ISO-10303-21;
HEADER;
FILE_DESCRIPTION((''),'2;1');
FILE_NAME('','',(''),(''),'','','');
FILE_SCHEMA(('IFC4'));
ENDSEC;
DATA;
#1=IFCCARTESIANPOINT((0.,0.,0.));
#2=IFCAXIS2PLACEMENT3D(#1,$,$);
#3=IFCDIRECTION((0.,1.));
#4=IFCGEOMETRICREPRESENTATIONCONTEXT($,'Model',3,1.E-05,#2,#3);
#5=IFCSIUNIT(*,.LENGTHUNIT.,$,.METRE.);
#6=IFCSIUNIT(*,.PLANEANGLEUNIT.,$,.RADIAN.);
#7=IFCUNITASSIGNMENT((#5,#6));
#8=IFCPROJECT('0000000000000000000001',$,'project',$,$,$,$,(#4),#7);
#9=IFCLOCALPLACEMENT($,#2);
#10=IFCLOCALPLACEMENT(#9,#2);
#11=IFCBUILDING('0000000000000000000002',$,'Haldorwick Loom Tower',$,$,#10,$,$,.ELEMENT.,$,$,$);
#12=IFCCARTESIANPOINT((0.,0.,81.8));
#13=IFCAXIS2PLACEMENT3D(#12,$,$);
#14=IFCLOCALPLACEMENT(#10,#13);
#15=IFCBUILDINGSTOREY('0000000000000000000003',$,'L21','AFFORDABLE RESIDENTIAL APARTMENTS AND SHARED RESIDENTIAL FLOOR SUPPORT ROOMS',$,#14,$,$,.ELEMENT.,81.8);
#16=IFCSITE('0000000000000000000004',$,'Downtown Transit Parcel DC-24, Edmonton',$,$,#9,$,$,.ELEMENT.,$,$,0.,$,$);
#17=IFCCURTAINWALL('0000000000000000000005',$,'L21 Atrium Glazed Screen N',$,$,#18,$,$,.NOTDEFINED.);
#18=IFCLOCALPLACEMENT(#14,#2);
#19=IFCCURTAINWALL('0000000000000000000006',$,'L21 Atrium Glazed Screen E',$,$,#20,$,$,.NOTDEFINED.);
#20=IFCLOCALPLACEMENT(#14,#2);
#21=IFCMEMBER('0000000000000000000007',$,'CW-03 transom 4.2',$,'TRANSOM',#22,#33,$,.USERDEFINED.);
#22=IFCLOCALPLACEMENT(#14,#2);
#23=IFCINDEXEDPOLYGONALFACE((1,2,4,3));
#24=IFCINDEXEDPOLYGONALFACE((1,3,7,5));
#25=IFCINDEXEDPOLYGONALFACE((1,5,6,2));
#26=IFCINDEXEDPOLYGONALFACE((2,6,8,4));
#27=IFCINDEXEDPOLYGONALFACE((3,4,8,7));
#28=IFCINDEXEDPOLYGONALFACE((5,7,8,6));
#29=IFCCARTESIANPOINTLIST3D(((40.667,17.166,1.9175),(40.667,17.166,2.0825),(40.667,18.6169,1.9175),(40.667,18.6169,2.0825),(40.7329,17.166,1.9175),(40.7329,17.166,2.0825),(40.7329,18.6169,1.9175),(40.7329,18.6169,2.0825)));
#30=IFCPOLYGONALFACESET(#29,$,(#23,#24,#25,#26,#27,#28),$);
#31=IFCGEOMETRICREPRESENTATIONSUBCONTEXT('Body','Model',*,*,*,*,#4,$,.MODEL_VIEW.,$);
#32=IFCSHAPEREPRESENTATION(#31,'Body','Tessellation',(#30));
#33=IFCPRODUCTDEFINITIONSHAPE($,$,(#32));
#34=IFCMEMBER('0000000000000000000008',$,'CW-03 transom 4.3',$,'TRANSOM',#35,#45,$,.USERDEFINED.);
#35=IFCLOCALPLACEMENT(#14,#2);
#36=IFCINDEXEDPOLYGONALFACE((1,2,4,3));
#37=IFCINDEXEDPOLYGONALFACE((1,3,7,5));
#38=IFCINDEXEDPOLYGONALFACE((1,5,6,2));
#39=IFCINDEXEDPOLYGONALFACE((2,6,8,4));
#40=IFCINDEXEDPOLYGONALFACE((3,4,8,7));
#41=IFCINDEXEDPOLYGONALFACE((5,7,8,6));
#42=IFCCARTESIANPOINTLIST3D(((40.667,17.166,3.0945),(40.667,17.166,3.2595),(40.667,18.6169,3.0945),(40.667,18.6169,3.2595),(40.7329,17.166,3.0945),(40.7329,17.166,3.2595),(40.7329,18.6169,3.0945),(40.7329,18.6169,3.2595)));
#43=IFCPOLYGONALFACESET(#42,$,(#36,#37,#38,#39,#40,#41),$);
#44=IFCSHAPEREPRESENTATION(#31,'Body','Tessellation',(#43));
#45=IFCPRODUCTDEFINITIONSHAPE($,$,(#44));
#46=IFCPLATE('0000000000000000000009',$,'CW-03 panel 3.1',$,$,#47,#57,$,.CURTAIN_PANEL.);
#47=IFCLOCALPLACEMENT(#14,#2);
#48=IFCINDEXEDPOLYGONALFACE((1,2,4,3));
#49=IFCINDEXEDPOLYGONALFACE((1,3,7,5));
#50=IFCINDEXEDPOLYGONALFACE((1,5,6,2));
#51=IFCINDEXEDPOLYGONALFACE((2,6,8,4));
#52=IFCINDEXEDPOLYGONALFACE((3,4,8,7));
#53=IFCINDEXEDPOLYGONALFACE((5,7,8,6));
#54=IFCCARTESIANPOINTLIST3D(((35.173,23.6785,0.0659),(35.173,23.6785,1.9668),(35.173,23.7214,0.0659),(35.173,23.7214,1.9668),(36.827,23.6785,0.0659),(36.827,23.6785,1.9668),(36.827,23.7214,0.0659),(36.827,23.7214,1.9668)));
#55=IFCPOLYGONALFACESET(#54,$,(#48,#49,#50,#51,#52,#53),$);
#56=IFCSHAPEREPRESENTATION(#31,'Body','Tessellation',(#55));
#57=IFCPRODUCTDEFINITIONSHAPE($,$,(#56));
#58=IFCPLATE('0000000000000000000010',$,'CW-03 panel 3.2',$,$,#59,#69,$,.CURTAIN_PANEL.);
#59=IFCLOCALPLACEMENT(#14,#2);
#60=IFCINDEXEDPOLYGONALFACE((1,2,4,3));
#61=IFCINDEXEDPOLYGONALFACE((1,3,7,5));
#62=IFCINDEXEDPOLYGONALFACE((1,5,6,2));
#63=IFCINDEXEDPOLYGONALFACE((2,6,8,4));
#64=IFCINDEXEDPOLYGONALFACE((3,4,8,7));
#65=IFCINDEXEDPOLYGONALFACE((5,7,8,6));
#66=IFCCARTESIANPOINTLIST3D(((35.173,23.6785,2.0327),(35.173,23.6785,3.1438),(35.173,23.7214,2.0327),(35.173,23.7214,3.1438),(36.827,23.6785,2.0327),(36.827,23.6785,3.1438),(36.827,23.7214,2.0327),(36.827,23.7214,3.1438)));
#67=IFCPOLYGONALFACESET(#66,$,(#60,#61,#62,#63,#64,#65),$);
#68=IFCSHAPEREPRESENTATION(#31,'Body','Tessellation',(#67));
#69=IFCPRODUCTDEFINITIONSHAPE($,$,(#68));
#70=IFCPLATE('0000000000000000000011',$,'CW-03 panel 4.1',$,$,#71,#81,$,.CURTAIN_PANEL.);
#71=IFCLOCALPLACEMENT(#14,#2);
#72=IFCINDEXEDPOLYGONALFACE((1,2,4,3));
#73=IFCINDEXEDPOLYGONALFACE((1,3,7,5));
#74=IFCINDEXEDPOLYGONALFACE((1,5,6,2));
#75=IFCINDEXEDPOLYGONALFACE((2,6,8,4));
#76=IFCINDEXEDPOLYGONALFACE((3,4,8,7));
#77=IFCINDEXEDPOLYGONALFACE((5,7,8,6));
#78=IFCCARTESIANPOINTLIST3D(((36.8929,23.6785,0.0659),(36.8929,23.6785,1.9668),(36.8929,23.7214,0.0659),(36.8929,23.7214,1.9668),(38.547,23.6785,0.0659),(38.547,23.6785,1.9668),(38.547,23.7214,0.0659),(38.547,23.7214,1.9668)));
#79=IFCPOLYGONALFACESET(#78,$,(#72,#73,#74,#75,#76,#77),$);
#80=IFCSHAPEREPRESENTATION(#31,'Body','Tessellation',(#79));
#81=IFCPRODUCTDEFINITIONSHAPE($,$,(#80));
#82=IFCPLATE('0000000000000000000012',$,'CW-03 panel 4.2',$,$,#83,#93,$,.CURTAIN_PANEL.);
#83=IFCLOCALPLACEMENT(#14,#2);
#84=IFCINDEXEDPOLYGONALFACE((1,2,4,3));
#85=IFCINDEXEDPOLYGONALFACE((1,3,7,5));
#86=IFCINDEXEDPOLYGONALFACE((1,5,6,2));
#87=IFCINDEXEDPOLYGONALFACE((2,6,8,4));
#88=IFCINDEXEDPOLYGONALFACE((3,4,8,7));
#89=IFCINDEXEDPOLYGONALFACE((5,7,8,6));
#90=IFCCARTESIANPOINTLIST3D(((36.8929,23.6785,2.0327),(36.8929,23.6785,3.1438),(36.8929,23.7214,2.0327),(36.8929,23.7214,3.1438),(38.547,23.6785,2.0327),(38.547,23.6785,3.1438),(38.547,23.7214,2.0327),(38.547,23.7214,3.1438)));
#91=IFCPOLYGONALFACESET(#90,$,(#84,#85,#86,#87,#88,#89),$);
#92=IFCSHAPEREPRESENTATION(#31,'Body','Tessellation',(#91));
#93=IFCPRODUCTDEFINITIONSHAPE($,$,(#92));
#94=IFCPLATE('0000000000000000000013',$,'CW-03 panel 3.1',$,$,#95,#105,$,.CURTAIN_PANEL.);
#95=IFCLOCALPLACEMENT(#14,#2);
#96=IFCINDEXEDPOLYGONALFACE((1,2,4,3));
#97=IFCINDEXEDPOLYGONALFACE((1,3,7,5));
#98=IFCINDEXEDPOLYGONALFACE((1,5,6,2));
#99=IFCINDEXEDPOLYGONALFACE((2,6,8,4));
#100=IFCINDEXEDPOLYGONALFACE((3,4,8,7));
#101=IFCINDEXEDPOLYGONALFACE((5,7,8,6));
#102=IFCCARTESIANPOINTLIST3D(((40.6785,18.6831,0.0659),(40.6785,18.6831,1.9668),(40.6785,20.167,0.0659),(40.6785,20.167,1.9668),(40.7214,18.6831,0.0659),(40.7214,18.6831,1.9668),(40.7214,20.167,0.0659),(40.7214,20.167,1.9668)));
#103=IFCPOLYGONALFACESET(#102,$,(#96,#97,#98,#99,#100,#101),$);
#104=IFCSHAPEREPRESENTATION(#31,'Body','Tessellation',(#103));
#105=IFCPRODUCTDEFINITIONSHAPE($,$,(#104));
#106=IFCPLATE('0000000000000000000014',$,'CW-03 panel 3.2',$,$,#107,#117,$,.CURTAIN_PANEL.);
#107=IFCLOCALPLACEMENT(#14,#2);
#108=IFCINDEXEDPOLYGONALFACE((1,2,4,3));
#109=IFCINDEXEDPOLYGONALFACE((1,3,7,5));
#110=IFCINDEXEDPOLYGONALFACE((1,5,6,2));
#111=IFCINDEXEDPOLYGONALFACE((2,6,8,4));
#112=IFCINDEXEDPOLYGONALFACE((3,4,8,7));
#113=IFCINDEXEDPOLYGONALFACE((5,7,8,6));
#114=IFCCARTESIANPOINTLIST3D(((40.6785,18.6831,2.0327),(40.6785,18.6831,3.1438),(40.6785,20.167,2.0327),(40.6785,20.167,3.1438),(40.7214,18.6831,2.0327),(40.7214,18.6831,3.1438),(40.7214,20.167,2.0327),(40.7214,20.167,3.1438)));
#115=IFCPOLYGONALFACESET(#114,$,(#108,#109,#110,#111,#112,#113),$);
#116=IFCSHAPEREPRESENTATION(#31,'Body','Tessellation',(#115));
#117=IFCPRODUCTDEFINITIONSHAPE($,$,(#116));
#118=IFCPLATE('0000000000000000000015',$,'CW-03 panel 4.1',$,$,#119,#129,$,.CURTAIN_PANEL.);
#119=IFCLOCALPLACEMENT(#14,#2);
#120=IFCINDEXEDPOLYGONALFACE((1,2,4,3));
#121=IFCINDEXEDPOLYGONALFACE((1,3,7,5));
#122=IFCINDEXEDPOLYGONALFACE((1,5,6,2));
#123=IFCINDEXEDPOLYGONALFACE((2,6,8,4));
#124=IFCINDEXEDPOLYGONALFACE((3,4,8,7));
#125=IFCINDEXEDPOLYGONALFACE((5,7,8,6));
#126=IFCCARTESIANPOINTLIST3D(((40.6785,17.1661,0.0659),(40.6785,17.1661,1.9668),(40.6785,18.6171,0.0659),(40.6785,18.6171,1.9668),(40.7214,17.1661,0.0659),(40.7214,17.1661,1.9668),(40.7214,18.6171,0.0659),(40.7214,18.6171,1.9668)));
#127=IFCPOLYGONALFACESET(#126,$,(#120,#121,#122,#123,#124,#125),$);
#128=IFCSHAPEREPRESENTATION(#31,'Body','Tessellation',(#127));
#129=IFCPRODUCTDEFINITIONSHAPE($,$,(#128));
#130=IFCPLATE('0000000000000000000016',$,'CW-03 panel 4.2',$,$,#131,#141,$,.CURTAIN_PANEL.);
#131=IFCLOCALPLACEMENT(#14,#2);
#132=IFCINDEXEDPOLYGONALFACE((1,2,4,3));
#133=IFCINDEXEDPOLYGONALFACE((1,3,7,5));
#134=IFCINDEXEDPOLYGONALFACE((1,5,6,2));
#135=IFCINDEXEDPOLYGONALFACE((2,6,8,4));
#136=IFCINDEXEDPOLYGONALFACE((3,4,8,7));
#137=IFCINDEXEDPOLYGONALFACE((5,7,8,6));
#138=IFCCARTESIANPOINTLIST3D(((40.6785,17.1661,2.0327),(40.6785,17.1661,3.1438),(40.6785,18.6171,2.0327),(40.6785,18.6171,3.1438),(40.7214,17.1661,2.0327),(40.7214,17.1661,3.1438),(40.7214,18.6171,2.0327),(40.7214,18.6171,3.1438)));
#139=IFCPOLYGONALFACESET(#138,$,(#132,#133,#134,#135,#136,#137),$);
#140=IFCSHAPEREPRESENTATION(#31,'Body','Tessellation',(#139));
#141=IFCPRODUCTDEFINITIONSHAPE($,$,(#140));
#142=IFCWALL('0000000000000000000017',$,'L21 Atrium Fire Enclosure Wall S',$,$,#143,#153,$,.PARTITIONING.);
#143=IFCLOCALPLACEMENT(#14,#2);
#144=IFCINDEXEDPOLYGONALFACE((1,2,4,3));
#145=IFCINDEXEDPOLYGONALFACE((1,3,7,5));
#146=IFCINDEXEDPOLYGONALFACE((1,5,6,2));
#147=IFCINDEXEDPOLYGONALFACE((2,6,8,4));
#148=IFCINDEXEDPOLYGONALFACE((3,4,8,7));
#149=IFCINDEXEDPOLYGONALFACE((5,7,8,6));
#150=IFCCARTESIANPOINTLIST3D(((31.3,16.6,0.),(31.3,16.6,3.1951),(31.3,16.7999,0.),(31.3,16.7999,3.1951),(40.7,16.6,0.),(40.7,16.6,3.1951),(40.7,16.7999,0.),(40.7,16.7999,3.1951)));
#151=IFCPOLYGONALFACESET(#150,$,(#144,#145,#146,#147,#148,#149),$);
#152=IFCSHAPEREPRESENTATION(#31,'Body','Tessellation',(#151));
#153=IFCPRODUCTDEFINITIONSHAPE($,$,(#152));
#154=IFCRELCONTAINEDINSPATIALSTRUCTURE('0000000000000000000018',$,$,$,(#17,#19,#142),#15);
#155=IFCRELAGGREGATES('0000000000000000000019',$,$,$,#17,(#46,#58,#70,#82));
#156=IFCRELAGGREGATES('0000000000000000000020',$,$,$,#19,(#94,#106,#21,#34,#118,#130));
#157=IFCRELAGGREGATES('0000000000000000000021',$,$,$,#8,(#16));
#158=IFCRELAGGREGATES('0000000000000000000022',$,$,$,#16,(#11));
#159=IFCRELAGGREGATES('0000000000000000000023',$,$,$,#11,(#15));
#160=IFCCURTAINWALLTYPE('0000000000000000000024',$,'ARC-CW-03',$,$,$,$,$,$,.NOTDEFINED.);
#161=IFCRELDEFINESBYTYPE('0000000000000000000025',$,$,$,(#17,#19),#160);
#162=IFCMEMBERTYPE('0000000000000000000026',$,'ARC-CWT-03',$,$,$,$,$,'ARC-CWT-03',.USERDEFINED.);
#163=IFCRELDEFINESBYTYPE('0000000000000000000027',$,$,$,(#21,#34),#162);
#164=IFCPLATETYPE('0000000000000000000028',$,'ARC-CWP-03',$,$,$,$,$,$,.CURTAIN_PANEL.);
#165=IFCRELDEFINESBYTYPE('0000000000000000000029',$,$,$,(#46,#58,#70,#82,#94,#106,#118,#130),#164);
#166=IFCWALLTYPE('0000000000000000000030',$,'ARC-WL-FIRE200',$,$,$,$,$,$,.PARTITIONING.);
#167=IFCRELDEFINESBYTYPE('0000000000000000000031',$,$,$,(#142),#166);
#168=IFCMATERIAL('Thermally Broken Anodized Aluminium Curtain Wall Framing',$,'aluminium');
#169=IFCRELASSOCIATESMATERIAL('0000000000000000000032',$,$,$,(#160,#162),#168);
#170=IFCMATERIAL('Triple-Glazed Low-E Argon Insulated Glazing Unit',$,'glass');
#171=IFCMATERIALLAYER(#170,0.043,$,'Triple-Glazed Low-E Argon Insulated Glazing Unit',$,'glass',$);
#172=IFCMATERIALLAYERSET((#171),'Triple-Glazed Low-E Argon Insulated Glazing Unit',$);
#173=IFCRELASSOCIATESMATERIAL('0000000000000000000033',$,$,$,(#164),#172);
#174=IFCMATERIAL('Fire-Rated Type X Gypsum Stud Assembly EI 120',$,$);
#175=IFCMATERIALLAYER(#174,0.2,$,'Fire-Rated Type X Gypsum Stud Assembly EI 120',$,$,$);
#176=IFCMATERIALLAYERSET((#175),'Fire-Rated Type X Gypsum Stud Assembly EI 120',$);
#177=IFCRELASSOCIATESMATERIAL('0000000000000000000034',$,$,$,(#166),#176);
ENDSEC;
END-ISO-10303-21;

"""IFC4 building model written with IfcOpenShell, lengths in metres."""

from ifc_helpers import new_model, si_unit, direction, frame, frame_2d, origin, origin_2d, place, context, subcontext, project, spatial, rectangle, extrude, material, layer, layer_set, material_profile, profile_set, type_object, element, aggregate, save


model = new_model("IFC4")

# Units and contexts
model_context = context("Model", 3, precision=1e-05, world=origin(), true_north=direction((0.0, 1.0)))
body_context = subcontext(model_context, "Body", "Model", "MODEL_VIEW")
ifc_project = project(units=[si_unit("LENGTHUNIT", "METRE"), si_unit("PLANEANGLEUNIT", "RADIAN")], contexts=[model_context])

# Site, building, storey
site_placement = place(None, origin())
site = spatial("IfcSite", under=ifc_project, at=site_placement, Name="Downtown Transit Parcel DC-24, Edmonton", CompositionType="ELEMENT", RefElevation=0.0)
building_placement = place(site_placement, origin())
building = spatial("IfcBuilding", under=site, at=building_placement, Name="Haldorwick Loom Tower", CompositionType="ELEMENT")
storey_placement = place(building_placement, frame((0.0, 0.0, 81.8)))
storey = spatial("IfcBuildingStorey", under=building, at=storey_placement, Name="L21", Description="AFFORDABLE RESIDENTIAL APARTMENTS AND SHARED RESIDENTIAL FLOOR SUPPORT ROOMS", CompositionType="ELEMENT", Elevation=81.8)

# Shared definitions
ifc_material_1 = material(Name="Thermally Broken Anodized Aluminium Curtain Wall Framing", Category="aluminium")
curtain_wall_type = type_object("IfcCurtainWallType", Name="ARC-CW-03", PredefinedType="NOTDEFINED", material=ifc_material_1)

# Curtain walls
curtain_wall_1_placement = place(storey_placement, origin())
curtain_wall_1 = element("IfcCurtainWall", 1, at=curtain_wall_1_placement, inside=storey, type_object=curtain_wall_type, Name="L21 Atrium Glazed Screen N", PredefinedType="NOTDEFINED")
curtain_wall_2_placement = place(storey_placement, origin())
curtain_wall_2 = element("IfcCurtainWall", 2, at=curtain_wall_2_placement, inside=storey, type_object=curtain_wall_type, Name="L21 Atrium Glazed Screen E", PredefinedType="NOTDEFINED")

# Members
ifc_material_profile_1 = material_profile(ifc_material_1, rectangle(XDim=0.0659, YDim=0.165, at=origin_2d()), Name="ALU_TRN_66X165", Category="aluminium")
ifc_profile_set_1 = profile_set([ifc_material_profile_1], Name="Thermally Broken Anodized Aluminium Curtain Wall Framing")
member_type_1 = type_object("IfcMemberType", Name="ARC-CWT-03", ElementType="ARC-CWT-03", PredefinedType="USERDEFINED", material=ifc_profile_set_1)
member_1_placement = place(storey_placement, frame((40.7, 18.6169, 2.0), z_axis=(0.0, -1.0, 0.0), x_axis=(1.0, 0.0, 0.0)))
member_1 = element("IfcMember", 3, at=member_1_placement, type_object=member_type_1, Name="CW-03 transom 4.2", ObjectType="TRANSOM", PredefinedType="USERDEFINED", context=body_context, shape_type="SweptSolid", body=[
    extrude(rectangle(XDim=0.0659, YDim=0.165, at=origin_2d()), origin(), (0.0, 0.0, 1.0), 1.4509),
])
member_2_placement = place(storey_placement, frame((40.7, 18.6169, 3.177), z_axis=(0.0, -1.0, 0.0), x_axis=(1.0, 0.0, 0.0)))
member_2 = element("IfcMember", 4, at=member_2_placement, type_object=member_type_1, Name="CW-03 transom 4.3", ObjectType="TRANSOM", PredefinedType="USERDEFINED", context=body_context, shape_type="SweptSolid", body=[
    extrude(rectangle(XDim=0.0659, YDim=0.165, at=origin_2d()), origin(), (0.0, 0.0, 1.0), 1.4509),
])

# Plates
ifc_material_2 = material(Name="Triple-Glazed Low-E Argon Insulated Glazing Unit", Category="glass")
ifc_layer_1 = layer(ifc_material_2, 0.043, Name="Triple-Glazed Low-E Argon Insulated Glazing Unit", Category="glass")
ifc_layer_set_1 = layer_set([ifc_layer_1], Name="Triple-Glazed Low-E Argon Insulated Glazing Unit")
plate_type = type_object("IfcPlateType", Name="ARC-CWP-03", PredefinedType="CURTAIN_PANEL", material=ifc_layer_set_1)
plate_1_placement = place(storey_placement, frame((36.0, 23.7, 0.0659), z_axis=(0.0, 0.0, 1.0), x_axis=(1.0, 0.0, 0.0)))
plate_1 = element("IfcPlate", 5, at=plate_1_placement, type_object=plate_type, Name="CW-03 panel 3.1", PredefinedType="CURTAIN_PANEL", context=body_context, shape_type="SweptSolid", body=[
    extrude(rectangle(XDim=1.6541, YDim=0.043, at=origin_2d()), origin(), (0.0, 0.0, 1.0), 1.9009),
])
plate_2_placement = place(storey_placement, frame((36.0, 23.7, 2.0327), z_axis=(0.0, 0.0, 1.0), x_axis=(1.0, 0.0, 0.0)))
plate_2 = element("IfcPlate", 6, at=plate_2_placement, type_object=plate_type, Name="CW-03 panel 3.2", PredefinedType="CURTAIN_PANEL", context=body_context, shape_type="SweptSolid", body=[
    extrude(rectangle(XDim=1.6541, YDim=0.043, at=origin_2d()), origin(), (0.0, 0.0, 1.0), 1.1111),
])
plate_3_placement = place(storey_placement, frame((37.72, 23.7, 0.0659), z_axis=(0.0, 0.0, 1.0), x_axis=(1.0, 0.0, 0.0)))
plate_3 = element("IfcPlate", 7, at=plate_3_placement, type_object=plate_type, Name="CW-03 panel 4.1", PredefinedType="CURTAIN_PANEL", context=body_context, shape_type="SweptSolid", body=[
    extrude(rectangle(XDim=1.6541, YDim=0.043, at=origin_2d()), origin(), (0.0, 0.0, 1.0), 1.9009),
])
plate_4_placement = place(storey_placement, frame((37.72, 23.7, 2.0327), z_axis=(0.0, 0.0, 1.0), x_axis=(1.0, 0.0, 0.0)))
plate_4 = element("IfcPlate", 8, at=plate_4_placement, type_object=plate_type, Name="CW-03 panel 4.2", PredefinedType="CURTAIN_PANEL", context=body_context, shape_type="SweptSolid", body=[
    extrude(rectangle(XDim=1.6541, YDim=0.043, at=origin_2d()), origin(), (0.0, 0.0, 1.0), 1.1111),
])
aggregate(curtain_wall_1, [plate_1, plate_2, plate_3, plate_4])
plate_5_placement = place(storey_placement, frame((40.7, 19.425, 0.0659), z_axis=(0.0, 0.0, 1.0), x_axis=(0.0, -1.0, 0.0)))
plate_5 = element("IfcPlate", 9, at=plate_5_placement, type_object=plate_type, Name="CW-03 panel 3.1", PredefinedType="CURTAIN_PANEL", context=body_context, shape_type="SweptSolid", body=[
    extrude(rectangle(XDim=1.4839, YDim=0.043, at=origin_2d()), origin(), (0.0, 0.0, 1.0), 1.9009),
])
plate_6_placement = place(storey_placement, frame((40.7, 19.425, 2.0327), z_axis=(0.0, 0.0, 1.0), x_axis=(0.0, -1.0, 0.0)))
plate_6 = element("IfcPlate", 10, at=plate_6_placement, type_object=plate_type, Name="CW-03 panel 3.2", PredefinedType="CURTAIN_PANEL", context=body_context, shape_type="SweptSolid", body=[
    extrude(rectangle(XDim=1.4839, YDim=0.043, at=origin_2d()), origin(), (0.0, 0.0, 1.0), 1.1111),
])
plate_7_placement = place(storey_placement, frame((40.7, 17.8916, 0.0659), z_axis=(0.0, 0.0, 1.0), x_axis=(0.0, -1.0, 0.0)))
plate_7 = element("IfcPlate", 11, at=plate_7_placement, type_object=plate_type, Name="CW-03 panel 4.1", PredefinedType="CURTAIN_PANEL", context=body_context, shape_type="SweptSolid", body=[
    extrude(rectangle(XDim=1.4509, YDim=0.043, at=origin_2d()), origin(), (0.0, 0.0, 1.0), 1.9009),
])
plate_8_placement = place(storey_placement, frame((40.7, 17.8916, 2.0327), z_axis=(0.0, 0.0, 1.0), x_axis=(0.0, -1.0, 0.0)))
plate_8 = element("IfcPlate", 12, at=plate_8_placement, type_object=plate_type, Name="CW-03 panel 4.2", PredefinedType="CURTAIN_PANEL", context=body_context, shape_type="SweptSolid", body=[
    extrude(rectangle(XDim=1.4509, YDim=0.043, at=origin_2d()), origin(), (0.0, 0.0, 1.0), 1.1111),
])
aggregate(curtain_wall_2, [plate_5, plate_6, member_1, member_2, plate_7, plate_8])

# Wall
ifc_material_3 = material(Name="Fire-Rated Type X Gypsum Stud Assembly EI 120")
ifc_layer_2 = layer(ifc_material_3, 0.2, Name="Fire-Rated Type X Gypsum Stud Assembly EI 120")
ifc_layer_set_2 = layer_set([ifc_layer_2], Name="Fire-Rated Type X Gypsum Stud Assembly EI 120")
wall_type = type_object("IfcWallType", Name="ARC-WL-FIRE200", PredefinedType="PARTITIONING", material=ifc_layer_set_2)
wall_placement = place(storey_placement, frame((40.7, 16.7, 0.0), z_axis=(0.0, 0.0, 1.0), x_axis=(-1.0, 0.0, 0.0)))
element("IfcWall", 13, at=wall_placement, inside=storey, type_object=wall_type, Name="L21 Atrium Fire Enclosure Wall S", PredefinedType="PARTITIONING", context=body_context, shape_type="SweptSolid", body=[
    extrude(rectangle(XDim=9.3999, YDim=0.2, at=frame_2d((4.7, 0.0))), origin(), (0.0, 0.0, 1.0), 3.1951),
])

save(model, "model.ifc")
